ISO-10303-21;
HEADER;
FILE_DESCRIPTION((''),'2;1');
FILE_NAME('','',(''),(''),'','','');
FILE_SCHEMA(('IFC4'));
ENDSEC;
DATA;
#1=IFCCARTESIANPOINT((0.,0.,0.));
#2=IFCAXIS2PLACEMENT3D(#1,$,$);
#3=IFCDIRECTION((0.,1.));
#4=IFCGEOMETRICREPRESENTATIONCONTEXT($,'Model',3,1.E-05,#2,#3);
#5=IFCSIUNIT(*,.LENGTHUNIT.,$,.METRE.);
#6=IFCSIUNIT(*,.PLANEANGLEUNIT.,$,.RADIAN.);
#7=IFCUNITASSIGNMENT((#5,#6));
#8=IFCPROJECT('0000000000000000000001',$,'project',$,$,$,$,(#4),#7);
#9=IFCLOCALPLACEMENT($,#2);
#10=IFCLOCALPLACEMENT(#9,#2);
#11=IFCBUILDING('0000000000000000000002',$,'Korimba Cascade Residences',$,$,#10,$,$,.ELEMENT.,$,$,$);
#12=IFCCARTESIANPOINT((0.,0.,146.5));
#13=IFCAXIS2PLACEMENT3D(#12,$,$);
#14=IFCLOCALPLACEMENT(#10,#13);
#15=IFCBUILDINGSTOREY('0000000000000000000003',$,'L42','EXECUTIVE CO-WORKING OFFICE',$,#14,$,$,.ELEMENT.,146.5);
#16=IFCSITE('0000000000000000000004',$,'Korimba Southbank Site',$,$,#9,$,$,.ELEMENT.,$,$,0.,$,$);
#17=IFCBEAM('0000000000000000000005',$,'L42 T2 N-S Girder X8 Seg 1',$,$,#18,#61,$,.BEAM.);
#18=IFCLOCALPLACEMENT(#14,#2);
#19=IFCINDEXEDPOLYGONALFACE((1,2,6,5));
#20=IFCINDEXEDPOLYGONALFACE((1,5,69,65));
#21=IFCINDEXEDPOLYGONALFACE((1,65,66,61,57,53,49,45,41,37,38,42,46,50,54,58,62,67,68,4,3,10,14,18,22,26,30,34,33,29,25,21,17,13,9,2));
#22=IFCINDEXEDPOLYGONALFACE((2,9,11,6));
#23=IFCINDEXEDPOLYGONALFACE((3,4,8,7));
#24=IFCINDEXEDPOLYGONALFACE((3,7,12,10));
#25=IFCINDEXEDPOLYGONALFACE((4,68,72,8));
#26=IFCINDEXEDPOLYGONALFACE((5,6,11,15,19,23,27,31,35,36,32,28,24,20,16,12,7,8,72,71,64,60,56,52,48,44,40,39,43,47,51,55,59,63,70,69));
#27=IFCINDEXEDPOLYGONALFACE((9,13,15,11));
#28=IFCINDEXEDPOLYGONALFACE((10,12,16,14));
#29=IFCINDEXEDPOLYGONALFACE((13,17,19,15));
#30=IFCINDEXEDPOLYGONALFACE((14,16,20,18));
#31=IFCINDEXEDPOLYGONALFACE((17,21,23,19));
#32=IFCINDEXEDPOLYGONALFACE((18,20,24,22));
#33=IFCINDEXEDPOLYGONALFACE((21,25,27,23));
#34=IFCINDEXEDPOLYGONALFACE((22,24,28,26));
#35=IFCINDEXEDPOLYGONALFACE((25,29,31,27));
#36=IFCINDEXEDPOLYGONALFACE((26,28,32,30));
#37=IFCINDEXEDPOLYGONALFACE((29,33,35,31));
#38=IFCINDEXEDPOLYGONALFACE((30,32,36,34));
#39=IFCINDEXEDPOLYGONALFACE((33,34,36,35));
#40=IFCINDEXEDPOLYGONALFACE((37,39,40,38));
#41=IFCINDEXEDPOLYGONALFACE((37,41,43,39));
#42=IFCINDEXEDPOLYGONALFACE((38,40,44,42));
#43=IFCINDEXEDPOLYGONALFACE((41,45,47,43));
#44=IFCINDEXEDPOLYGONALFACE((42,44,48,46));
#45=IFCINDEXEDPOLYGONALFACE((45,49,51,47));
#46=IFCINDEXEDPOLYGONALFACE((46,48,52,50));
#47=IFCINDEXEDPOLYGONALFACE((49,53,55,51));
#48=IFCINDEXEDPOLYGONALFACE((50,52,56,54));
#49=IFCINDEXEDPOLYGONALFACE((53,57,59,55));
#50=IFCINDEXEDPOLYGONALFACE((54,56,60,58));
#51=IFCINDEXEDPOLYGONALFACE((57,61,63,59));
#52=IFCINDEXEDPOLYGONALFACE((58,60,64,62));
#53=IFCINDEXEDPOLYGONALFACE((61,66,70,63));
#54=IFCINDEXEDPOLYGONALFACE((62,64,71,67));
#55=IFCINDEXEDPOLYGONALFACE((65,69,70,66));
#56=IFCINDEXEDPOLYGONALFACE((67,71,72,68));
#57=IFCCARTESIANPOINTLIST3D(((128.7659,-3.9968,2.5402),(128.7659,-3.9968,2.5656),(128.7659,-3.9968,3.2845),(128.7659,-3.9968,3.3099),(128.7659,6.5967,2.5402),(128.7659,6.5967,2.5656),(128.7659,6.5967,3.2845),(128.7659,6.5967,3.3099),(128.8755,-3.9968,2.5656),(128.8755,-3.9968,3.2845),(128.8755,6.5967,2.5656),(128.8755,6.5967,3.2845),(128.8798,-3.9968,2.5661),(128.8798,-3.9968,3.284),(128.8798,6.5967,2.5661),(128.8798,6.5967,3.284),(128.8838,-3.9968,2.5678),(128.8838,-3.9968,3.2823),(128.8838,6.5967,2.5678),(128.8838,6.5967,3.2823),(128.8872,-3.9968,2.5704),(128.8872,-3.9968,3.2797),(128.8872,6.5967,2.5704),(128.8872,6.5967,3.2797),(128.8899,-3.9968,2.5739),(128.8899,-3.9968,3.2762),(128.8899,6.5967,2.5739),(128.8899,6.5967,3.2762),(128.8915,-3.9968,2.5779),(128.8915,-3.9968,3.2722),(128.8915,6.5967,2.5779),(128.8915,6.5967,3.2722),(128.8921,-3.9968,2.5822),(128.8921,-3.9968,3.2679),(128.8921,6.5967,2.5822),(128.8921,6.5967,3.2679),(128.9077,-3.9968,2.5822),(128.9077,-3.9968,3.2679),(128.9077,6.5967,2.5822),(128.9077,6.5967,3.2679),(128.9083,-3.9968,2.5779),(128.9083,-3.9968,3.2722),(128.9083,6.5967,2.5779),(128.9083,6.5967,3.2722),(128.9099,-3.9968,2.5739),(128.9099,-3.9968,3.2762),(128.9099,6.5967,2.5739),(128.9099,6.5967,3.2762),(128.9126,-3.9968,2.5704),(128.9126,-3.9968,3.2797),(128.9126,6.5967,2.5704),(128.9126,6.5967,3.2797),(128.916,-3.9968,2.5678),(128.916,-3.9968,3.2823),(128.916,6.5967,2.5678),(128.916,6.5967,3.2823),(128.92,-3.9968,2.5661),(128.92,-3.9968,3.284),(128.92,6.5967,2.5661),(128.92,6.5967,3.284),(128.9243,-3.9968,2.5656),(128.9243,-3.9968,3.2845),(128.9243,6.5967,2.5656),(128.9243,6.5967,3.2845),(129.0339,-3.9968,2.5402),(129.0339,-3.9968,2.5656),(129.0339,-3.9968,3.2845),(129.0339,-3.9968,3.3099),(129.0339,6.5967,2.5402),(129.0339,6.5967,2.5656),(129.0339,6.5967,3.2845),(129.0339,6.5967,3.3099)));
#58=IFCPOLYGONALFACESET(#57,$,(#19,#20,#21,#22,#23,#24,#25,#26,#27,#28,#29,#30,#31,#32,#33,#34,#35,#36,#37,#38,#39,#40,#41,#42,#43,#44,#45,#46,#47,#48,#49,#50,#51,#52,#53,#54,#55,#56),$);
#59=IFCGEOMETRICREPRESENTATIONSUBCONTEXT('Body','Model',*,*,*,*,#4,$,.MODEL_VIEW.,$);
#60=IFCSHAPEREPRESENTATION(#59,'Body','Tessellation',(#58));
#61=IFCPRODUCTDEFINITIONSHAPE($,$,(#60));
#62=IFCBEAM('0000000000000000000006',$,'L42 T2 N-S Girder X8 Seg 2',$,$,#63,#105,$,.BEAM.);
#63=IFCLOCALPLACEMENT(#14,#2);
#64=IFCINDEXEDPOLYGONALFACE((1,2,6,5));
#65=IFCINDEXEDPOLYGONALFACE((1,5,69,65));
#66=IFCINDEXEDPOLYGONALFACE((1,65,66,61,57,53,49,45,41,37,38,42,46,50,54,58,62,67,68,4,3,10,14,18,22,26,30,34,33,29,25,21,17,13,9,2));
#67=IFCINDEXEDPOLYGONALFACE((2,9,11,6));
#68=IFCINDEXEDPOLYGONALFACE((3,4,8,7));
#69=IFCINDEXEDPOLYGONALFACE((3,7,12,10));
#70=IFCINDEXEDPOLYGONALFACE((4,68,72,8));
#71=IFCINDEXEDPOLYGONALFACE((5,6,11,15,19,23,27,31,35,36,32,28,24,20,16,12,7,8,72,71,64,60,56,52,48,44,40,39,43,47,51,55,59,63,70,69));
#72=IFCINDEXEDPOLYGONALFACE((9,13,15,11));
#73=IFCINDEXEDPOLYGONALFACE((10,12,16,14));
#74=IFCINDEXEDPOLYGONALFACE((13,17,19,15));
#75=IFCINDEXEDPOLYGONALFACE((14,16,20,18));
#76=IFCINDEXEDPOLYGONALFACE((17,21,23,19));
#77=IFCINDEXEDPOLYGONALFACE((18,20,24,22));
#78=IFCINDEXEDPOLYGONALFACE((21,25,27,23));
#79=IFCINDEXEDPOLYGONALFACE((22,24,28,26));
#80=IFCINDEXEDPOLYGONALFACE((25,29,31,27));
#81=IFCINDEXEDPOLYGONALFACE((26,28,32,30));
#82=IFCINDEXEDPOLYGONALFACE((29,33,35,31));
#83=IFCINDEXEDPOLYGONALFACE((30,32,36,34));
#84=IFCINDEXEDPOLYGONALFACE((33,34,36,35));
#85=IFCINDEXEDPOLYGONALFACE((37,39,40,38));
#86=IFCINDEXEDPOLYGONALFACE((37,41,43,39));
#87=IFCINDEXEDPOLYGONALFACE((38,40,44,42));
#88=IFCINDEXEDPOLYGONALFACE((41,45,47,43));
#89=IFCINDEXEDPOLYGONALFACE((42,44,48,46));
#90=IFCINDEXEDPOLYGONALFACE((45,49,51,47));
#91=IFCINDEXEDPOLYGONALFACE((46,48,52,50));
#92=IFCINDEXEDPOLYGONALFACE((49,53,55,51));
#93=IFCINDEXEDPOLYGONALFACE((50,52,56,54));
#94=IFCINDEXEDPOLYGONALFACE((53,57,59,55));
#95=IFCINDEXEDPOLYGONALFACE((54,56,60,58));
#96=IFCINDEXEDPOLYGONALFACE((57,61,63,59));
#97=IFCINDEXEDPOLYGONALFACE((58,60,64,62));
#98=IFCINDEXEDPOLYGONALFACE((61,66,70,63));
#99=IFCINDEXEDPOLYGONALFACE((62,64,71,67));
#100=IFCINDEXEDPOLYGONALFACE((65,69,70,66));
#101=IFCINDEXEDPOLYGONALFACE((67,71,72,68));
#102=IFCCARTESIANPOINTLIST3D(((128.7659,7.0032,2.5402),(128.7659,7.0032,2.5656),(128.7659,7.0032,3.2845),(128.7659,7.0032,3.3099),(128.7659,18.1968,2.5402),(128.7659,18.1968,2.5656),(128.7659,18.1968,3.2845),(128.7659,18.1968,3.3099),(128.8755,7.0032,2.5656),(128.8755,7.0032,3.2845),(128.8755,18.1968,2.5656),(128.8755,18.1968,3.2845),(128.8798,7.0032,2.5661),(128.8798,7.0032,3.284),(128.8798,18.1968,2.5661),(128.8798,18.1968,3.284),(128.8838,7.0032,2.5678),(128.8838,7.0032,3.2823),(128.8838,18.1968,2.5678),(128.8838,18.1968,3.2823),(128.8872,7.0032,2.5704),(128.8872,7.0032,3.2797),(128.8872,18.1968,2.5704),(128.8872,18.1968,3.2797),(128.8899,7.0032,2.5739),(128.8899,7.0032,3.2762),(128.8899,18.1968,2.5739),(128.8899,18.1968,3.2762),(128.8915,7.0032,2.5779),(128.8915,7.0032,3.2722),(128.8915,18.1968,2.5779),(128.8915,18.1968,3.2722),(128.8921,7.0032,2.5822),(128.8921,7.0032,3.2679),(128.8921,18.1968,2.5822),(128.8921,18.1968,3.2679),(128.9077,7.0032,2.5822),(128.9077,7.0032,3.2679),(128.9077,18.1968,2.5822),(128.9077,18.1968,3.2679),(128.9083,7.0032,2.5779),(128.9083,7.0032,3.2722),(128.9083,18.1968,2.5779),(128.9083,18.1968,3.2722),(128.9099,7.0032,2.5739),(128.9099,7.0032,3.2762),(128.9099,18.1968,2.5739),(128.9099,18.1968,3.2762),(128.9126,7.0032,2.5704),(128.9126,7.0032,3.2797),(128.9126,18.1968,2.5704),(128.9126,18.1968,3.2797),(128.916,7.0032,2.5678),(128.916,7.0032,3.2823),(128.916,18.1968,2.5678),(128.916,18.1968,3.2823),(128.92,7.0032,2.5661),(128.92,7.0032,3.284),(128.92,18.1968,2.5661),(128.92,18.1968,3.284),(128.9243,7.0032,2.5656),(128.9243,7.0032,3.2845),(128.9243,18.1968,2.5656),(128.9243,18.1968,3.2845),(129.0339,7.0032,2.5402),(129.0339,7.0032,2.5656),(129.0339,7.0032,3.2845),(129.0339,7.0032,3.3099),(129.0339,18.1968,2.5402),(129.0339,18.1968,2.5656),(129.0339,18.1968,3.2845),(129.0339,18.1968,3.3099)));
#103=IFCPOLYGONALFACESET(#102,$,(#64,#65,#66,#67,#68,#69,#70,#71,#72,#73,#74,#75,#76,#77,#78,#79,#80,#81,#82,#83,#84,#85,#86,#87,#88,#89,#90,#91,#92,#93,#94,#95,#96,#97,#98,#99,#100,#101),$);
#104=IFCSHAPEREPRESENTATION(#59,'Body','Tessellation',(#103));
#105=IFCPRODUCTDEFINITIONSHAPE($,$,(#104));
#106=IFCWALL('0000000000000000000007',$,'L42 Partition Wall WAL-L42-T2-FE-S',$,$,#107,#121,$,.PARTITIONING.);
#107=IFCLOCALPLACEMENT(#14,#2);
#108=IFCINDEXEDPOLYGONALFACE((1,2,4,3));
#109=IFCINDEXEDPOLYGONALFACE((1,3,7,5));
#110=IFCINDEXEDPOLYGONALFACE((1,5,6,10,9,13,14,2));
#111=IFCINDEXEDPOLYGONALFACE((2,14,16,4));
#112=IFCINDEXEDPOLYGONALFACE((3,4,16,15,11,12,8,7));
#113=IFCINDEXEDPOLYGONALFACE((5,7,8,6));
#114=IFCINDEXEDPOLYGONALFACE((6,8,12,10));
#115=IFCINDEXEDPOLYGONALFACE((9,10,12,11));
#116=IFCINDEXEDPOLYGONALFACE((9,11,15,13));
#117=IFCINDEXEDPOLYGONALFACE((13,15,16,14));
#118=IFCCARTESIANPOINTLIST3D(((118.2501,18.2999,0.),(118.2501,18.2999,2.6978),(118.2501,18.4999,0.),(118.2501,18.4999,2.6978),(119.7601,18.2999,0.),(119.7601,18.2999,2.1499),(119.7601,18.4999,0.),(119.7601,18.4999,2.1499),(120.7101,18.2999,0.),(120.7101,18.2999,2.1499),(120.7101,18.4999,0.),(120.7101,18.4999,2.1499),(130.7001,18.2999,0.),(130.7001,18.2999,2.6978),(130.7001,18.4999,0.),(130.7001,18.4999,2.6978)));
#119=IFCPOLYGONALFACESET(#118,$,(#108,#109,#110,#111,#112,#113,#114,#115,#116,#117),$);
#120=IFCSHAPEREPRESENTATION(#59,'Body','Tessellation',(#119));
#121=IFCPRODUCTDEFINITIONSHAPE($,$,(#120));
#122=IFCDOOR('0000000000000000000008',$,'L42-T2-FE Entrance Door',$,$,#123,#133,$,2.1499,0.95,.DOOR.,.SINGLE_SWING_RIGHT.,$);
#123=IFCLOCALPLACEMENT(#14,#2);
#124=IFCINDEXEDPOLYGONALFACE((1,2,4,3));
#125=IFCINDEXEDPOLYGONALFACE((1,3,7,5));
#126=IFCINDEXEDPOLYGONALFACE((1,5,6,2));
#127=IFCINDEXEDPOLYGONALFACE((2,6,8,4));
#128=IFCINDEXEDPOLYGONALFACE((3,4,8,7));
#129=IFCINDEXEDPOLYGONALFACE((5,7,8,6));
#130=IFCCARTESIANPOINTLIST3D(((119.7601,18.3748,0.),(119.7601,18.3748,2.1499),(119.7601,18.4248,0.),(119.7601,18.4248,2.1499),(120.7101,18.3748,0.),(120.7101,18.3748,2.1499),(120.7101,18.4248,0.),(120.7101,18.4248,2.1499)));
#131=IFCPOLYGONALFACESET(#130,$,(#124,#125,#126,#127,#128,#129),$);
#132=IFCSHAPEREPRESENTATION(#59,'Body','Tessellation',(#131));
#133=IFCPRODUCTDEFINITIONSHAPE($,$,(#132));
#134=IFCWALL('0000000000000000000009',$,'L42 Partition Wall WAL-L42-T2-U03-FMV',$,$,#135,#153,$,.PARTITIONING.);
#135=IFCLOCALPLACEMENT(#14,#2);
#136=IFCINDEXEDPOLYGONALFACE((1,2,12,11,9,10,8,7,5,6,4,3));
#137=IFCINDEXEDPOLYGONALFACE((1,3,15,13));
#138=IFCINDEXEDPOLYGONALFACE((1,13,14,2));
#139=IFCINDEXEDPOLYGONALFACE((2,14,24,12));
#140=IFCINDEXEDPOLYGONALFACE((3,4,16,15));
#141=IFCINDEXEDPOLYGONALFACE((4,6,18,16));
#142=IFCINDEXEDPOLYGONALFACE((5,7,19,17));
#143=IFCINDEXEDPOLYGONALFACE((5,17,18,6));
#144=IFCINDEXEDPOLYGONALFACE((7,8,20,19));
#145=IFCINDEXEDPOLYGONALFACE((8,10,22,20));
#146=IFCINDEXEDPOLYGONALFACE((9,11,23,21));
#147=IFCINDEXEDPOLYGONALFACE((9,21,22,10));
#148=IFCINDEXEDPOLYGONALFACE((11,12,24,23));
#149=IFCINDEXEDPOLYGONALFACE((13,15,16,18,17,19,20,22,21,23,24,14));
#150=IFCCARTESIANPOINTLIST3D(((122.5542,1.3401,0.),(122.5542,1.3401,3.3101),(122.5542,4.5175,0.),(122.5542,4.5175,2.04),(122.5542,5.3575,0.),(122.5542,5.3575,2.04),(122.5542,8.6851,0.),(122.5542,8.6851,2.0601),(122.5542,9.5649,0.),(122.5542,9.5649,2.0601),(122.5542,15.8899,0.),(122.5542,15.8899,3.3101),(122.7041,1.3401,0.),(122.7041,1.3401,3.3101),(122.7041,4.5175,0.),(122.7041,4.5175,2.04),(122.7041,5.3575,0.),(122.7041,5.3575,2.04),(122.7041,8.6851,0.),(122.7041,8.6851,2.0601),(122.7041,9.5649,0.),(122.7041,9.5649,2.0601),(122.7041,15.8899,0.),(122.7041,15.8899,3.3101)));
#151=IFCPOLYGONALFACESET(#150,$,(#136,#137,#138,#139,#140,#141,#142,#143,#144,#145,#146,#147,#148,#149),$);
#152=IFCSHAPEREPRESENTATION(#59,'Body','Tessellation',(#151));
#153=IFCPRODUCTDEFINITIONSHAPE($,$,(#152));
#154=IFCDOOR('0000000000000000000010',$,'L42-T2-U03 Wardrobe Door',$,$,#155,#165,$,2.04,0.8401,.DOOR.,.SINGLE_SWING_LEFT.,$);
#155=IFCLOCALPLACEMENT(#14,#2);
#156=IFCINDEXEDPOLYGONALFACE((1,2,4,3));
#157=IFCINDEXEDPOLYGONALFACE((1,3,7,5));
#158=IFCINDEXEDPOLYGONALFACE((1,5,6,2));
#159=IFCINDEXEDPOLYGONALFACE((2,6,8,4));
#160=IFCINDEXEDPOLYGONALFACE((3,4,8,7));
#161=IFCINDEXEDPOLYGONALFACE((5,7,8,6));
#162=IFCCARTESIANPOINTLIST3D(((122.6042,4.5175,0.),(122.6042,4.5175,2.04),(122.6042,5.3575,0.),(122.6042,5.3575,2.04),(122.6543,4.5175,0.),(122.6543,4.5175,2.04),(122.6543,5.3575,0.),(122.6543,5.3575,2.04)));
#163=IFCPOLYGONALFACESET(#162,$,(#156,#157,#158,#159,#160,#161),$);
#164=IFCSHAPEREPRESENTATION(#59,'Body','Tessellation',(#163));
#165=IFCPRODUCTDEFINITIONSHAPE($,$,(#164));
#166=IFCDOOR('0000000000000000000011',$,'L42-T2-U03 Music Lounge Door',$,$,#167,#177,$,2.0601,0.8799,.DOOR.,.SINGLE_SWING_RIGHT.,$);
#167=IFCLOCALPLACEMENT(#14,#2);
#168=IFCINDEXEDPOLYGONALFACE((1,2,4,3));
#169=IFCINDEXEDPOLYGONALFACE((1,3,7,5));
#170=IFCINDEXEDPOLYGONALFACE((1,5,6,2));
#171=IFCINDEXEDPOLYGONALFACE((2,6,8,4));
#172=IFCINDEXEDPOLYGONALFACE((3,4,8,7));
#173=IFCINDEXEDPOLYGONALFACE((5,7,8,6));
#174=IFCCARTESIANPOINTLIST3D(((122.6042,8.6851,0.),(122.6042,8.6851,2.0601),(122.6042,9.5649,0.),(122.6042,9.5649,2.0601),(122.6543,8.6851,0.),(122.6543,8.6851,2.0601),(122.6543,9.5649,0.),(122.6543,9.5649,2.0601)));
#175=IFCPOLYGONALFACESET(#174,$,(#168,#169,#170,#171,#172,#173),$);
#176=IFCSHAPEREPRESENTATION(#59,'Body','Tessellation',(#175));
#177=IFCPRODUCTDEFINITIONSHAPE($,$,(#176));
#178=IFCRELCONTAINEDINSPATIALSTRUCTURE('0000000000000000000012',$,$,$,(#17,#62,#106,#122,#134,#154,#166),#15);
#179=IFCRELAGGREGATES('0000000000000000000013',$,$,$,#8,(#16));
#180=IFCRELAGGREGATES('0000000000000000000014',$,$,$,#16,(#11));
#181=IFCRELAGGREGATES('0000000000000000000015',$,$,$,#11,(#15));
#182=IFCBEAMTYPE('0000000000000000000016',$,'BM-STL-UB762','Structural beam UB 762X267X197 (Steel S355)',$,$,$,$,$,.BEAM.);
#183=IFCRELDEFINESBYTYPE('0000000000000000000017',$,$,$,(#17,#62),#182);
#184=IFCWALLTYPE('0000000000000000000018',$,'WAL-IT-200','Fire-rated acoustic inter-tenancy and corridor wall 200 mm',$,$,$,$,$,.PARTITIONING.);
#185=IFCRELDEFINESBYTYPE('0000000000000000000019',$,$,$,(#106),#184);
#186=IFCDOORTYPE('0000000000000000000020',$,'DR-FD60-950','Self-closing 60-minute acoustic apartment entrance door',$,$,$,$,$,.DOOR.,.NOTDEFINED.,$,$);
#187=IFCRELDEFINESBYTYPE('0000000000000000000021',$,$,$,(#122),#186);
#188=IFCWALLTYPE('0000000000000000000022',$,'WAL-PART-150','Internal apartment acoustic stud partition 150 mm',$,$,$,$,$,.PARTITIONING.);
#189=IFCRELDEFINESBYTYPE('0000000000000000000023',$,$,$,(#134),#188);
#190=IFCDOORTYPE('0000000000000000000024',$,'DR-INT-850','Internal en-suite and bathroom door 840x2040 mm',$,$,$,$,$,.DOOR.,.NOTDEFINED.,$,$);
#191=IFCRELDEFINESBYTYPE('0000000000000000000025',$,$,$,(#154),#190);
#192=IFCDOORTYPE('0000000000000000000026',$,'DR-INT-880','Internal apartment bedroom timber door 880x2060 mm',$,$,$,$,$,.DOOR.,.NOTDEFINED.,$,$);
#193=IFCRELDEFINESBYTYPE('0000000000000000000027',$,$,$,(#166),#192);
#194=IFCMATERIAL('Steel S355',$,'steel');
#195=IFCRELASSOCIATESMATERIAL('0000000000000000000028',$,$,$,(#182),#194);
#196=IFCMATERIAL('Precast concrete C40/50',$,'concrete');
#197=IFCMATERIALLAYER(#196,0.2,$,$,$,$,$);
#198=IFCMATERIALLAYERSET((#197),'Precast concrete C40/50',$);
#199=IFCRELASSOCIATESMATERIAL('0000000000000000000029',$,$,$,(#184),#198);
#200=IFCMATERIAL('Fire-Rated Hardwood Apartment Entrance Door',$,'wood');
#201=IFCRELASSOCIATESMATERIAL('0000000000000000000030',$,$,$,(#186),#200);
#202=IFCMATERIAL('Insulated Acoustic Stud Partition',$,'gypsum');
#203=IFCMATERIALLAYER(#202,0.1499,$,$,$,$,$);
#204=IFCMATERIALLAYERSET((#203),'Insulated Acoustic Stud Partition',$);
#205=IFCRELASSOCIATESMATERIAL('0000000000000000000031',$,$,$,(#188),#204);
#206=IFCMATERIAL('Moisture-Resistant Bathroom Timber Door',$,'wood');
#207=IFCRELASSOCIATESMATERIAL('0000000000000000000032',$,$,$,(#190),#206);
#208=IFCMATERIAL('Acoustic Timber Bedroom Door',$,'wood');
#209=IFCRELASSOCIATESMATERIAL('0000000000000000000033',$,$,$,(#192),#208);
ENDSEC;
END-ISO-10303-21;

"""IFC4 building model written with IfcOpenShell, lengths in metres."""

from ifc_helpers import new_model, si_unit, direction, frame, frame_2d, origin, origin_2d, place, context, subcontext, project, spatial, rectangle, i_section, extrude, material, layer, layer_set, material_profile, profile_set, type_object, element, fill, save


model = new_model("IFC4")

# Units and contexts
model_context = context("Model", 3, precision=1e-05, world=origin(), true_north=direction((0.0, 1.0)))
body_context = subcontext(model_context, "Body", "Model", "MODEL_VIEW")
ifc_project = project(units=[si_unit("LENGTHUNIT", "METRE"), si_unit("PLANEANGLEUNIT", "RADIAN")], contexts=[model_context])

# Site, building, storey
site_placement = place(None, origin())
site = spatial("IfcSite", under=ifc_project, at=site_placement, Name="Korimba Southbank Site", CompositionType="ELEMENT", RefElevation=0.0)
building_placement = place(site_placement, origin())
building = spatial("IfcBuilding", under=site, at=building_placement, Name="Korimba Cascade Residences", CompositionType="ELEMENT")
storey_placement = place(building_placement, frame((0.0, 0.0, 146.5)))
storey = spatial("IfcBuildingStorey", under=building, at=storey_placement, Name="L42", Description="EXECUTIVE CO-WORKING OFFICE", CompositionType="ELEMENT", Elevation=146.5)

# Beams
ifc_material_1 = material(Name="Steel S355", Category="steel")
ifc_material_profile_1 = material_profile(ifc_material_1, i_section(OverallWidth=0.2681, OverallDepth=0.7698, WebThickness=0.0156, FlangeThickness=0.0254, FilletRadius=0.0166, at=origin_2d()), Name="Steel S355")
ifc_profile_set_1 = profile_set([ifc_material_profile_1], Name="Steel S355")
beam_type_1 = type_object("IfcBeamType", Name="BM-STL-UB762", Description="Structural beam UB 762X267X197 (Steel S355)", PredefinedType="BEAM", material=ifc_profile_set_1)
beam_1_placement = place(storey_placement, frame((128.8999, -3.9968, 2.925), z_axis=(0.0, 1.0, 0.0), x_axis=(-1.0, 0.0, 0.0)))
element("IfcBeam", 1, at=beam_1_placement, inside=storey, type_object=beam_type_1, Name="L42 T2 N-S Girder X8 Seg 1", PredefinedType="BEAM", context=body_context, shape_type="SweptSolid", body=[
    extrude(i_section(OverallWidth=0.2681, OverallDepth=0.7698, WebThickness=0.0156, FlangeThickness=0.0254, FilletRadius=0.0166, at=origin_2d()), origin(), (0.0, 0.0, 1.0), 10.5935),
])
beam_2_placement = place(storey_placement, frame((128.8999, 7.0032, 2.925), z_axis=(0.0, 1.0, 0.0), x_axis=(-1.0, 0.0, 0.0)))
element("IfcBeam", 2, at=beam_2_placement, inside=storey, type_object=beam_type_1, Name="L42 T2 N-S Girder X8 Seg 2", PredefinedType="BEAM", context=body_context, shape_type="SweptSolid", body=[
    extrude(i_section(OverallWidth=0.2681, OverallDepth=0.7698, WebThickness=0.0156, FlangeThickness=0.0254, FilletRadius=0.0166, at=origin_2d()), origin(), (0.0, 0.0, 1.0), 11.1936),
])

# Wall, opening, door
ifc_material_2 = material(Name="Precast concrete C40/50", Category="concrete")
ifc_layer_1 = layer(ifc_material_2, 0.2)
ifc_layer_set_1 = layer_set([ifc_layer_1], Name="Precast concrete C40/50")
wall_type_1 = type_object("IfcWallType", Name="WAL-IT-200", Description="Fire-rated acoustic inter-tenancy and corridor wall 200 mm", PredefinedType="PARTITIONING", material=ifc_layer_set_1)
wall_1_placement = place(storey_placement, frame((118.25, 18.3999, 0.0), z_axis=(0.0, 0.0, 1.0), x_axis=(1.0, 0.0, 0.0)))
wall_1 = element("IfcWall", 3, at=wall_1_placement, inside=storey, type_object=wall_type_1, Name="L42 Partition Wall WAL-L42-T2-FE-S", PredefinedType="PARTITIONING", context=body_context, shape_type="SweptSolid", body=[
    extrude(rectangle(XDim=12.45, YDim=0.2, at=frame_2d((6.2251, 0.0))), origin(), (0.0, 0.0, 1.0), 2.6978),
])
opening_1_placement = place(wall_1_placement, frame((1.51, 0.0, 0.0)))
opening_1 = element("IfcOpeningElement", 4, at=opening_1_placement, cuts=wall_1, PredefinedType="OPENING", context=body_context, shape_type="SweptSolid", body=[
    extrude(rectangle(XDim=0.95, YDim=2.1499, at=frame_2d((0.4751, 1.075))), frame((0.0, 0.1099, 0.0), z_axis=(0.0, -1.0, 0.0), x_axis=(1.0, 0.0, 0.0)), (0.0, 0.0, 1.0), 0.22),
])
ifc_material_3 = material(Name="Fire-Rated Hardwood Apartment Entrance Door", Category="wood")
door_type_1 = type_object("IfcDoorType", Name="DR-FD60-950", Description="Self-closing 60-minute acoustic apartment entrance door", OperationType="NOTDEFINED", PredefinedType="DOOR", material=ifc_material_3)
door_1_placement = place(opening_1_placement, origin())
door_1 = element("IfcDoor", 5, at=door_1_placement, inside=storey, type_object=door_type_1, Name="L42-T2-FE Entrance Door", OperationType="SINGLE_SWING_RIGHT", OverallHeight=2.1499, OverallWidth=0.95, PredefinedType="DOOR", context=body_context, shape_type="SweptSolid", body=[
    extrude(rectangle(XDim=0.95, YDim=2.1499, at=frame_2d((0.4751, 1.075))), frame((0.0, 0.0249, 0.0), z_axis=(0.0, -1.0, 0.0), x_axis=(1.0, 0.0, 0.0)), (0.0, 0.0, 1.0), 0.05),
])
fill(opening_1, door_1)

# Wall, openings, doors
ifc_material_4 = material(Name="Insulated Acoustic Stud Partition", Category="gypsum")
ifc_layer_2 = layer(ifc_material_4, 0.1499)
ifc_layer_set_2 = layer_set([ifc_layer_2], Name="Insulated Acoustic Stud Partition")
wall_type_2 = type_object("IfcWallType", Name="WAL-PART-150", Description="Internal apartment acoustic stud partition 150 mm", PredefinedType="PARTITIONING", material=ifc_layer_set_2)
wall_2_placement = place(storey_placement, frame((122.6292, 1.3401, 0.0), z_axis=(0.0, 0.0, 1.0), x_axis=(0.0, 1.0, 0.0)))
wall_2 = element("IfcWall", 6, at=wall_2_placement, inside=storey, type_object=wall_type_2, Name="L42 Partition Wall WAL-L42-T2-U03-FMV", PredefinedType="PARTITIONING", context=body_context, shape_type="SweptSolid", body=[
    extrude(rectangle(XDim=14.5498, YDim=0.1499, at=frame_2d((7.2749, 0.0))), origin(), (0.0, 0.0, 1.0), 3.3101),
])
opening_2_placement = place(wall_2_placement, frame((3.1775, 0.0, 0.0)))
opening_2 = element("IfcOpeningElement", 7, at=opening_2_placement, cuts=wall_2, PredefinedType="OPENING", context=body_context, shape_type="SweptSolid", body=[
    extrude(rectangle(XDim=0.8401, YDim=2.04, at=frame_2d((0.4199, 1.02))), frame((0.0, 0.085, 0.0), z_axis=(0.0, -1.0, 0.0), x_axis=(1.0, 0.0, 0.0)), (0.0, 0.0, 1.0), 0.1699),
])
opening_3_placement = place(wall_2_placement, frame((7.345, 0.0, 0.0)))
opening_3 = element("IfcOpeningElement", 8, at=opening_3_placement, cuts=wall_2, PredefinedType="OPENING", context=body_context, shape_type="SweptSolid", body=[
    extrude(rectangle(XDim=0.8799, YDim=2.0601, at=frame_2d((0.4399, 1.03))), frame((0.0, 0.085, 0.0), z_axis=(0.0, -1.0, 0.0), x_axis=(1.0, 0.0, 0.0)), (0.0, 0.0, 1.0), 0.1699),
])
ifc_material_5 = material(Name="Moisture-Resistant Bathroom Timber Door", Category="wood")
door_type_2 = type_object("IfcDoorType", Name="DR-INT-850", Description="Internal en-suite and bathroom door 840x2040 mm", OperationType="NOTDEFINED", PredefinedType="DOOR", material=ifc_material_5)
door_2_placement = place(opening_2_placement, origin())
door_2 = element("IfcDoor", 9, at=door_2_placement, inside=storey, type_object=door_type_2, Name="L42-T2-U03 Wardrobe Door", OperationType="SINGLE_SWING_LEFT", OverallHeight=2.04, OverallWidth=0.8401, PredefinedType="DOOR", context=body_context, shape_type="SweptSolid", body=[
    extrude(rectangle(XDim=0.8401, YDim=2.04, at=frame_2d((0.4199, 1.02))), frame((0.0, 0.0249, 0.0), z_axis=(0.0, -1.0, 0.0), x_axis=(1.0, 0.0, 0.0)), (0.0, 0.0, 1.0), 0.05),
])
fill(opening_2, door_2)
ifc_material_6 = material(Name="Acoustic Timber Bedroom Door", Category="wood")
door_type_3 = type_object("IfcDoorType", Name="DR-INT-880", Description="Internal apartment bedroom timber door 880x2060 mm", OperationType="NOTDEFINED", PredefinedType="DOOR", material=ifc_material_6)
door_3_placement = place(opening_3_placement, origin())
door_3 = element("IfcDoor", 10, at=door_3_placement, inside=storey, type_object=door_type_3, Name="L42-T2-U03 Music Lounge Door", OperationType="SINGLE_SWING_RIGHT", OverallHeight=2.0601, OverallWidth=0.8799, PredefinedType="DOOR", context=body_context, shape_type="SweptSolid", body=[
    extrude(rectangle(XDim=0.8799, YDim=2.0601, at=frame_2d((0.4399, 1.03))), frame((0.0, 0.0249, 0.0), z_axis=(0.0, -1.0, 0.0), x_axis=(1.0, 0.0, 0.0)), (0.0, 0.0, 1.0), 0.05),
])
fill(opening_3, door_3)

save(model, "model.ifc")
